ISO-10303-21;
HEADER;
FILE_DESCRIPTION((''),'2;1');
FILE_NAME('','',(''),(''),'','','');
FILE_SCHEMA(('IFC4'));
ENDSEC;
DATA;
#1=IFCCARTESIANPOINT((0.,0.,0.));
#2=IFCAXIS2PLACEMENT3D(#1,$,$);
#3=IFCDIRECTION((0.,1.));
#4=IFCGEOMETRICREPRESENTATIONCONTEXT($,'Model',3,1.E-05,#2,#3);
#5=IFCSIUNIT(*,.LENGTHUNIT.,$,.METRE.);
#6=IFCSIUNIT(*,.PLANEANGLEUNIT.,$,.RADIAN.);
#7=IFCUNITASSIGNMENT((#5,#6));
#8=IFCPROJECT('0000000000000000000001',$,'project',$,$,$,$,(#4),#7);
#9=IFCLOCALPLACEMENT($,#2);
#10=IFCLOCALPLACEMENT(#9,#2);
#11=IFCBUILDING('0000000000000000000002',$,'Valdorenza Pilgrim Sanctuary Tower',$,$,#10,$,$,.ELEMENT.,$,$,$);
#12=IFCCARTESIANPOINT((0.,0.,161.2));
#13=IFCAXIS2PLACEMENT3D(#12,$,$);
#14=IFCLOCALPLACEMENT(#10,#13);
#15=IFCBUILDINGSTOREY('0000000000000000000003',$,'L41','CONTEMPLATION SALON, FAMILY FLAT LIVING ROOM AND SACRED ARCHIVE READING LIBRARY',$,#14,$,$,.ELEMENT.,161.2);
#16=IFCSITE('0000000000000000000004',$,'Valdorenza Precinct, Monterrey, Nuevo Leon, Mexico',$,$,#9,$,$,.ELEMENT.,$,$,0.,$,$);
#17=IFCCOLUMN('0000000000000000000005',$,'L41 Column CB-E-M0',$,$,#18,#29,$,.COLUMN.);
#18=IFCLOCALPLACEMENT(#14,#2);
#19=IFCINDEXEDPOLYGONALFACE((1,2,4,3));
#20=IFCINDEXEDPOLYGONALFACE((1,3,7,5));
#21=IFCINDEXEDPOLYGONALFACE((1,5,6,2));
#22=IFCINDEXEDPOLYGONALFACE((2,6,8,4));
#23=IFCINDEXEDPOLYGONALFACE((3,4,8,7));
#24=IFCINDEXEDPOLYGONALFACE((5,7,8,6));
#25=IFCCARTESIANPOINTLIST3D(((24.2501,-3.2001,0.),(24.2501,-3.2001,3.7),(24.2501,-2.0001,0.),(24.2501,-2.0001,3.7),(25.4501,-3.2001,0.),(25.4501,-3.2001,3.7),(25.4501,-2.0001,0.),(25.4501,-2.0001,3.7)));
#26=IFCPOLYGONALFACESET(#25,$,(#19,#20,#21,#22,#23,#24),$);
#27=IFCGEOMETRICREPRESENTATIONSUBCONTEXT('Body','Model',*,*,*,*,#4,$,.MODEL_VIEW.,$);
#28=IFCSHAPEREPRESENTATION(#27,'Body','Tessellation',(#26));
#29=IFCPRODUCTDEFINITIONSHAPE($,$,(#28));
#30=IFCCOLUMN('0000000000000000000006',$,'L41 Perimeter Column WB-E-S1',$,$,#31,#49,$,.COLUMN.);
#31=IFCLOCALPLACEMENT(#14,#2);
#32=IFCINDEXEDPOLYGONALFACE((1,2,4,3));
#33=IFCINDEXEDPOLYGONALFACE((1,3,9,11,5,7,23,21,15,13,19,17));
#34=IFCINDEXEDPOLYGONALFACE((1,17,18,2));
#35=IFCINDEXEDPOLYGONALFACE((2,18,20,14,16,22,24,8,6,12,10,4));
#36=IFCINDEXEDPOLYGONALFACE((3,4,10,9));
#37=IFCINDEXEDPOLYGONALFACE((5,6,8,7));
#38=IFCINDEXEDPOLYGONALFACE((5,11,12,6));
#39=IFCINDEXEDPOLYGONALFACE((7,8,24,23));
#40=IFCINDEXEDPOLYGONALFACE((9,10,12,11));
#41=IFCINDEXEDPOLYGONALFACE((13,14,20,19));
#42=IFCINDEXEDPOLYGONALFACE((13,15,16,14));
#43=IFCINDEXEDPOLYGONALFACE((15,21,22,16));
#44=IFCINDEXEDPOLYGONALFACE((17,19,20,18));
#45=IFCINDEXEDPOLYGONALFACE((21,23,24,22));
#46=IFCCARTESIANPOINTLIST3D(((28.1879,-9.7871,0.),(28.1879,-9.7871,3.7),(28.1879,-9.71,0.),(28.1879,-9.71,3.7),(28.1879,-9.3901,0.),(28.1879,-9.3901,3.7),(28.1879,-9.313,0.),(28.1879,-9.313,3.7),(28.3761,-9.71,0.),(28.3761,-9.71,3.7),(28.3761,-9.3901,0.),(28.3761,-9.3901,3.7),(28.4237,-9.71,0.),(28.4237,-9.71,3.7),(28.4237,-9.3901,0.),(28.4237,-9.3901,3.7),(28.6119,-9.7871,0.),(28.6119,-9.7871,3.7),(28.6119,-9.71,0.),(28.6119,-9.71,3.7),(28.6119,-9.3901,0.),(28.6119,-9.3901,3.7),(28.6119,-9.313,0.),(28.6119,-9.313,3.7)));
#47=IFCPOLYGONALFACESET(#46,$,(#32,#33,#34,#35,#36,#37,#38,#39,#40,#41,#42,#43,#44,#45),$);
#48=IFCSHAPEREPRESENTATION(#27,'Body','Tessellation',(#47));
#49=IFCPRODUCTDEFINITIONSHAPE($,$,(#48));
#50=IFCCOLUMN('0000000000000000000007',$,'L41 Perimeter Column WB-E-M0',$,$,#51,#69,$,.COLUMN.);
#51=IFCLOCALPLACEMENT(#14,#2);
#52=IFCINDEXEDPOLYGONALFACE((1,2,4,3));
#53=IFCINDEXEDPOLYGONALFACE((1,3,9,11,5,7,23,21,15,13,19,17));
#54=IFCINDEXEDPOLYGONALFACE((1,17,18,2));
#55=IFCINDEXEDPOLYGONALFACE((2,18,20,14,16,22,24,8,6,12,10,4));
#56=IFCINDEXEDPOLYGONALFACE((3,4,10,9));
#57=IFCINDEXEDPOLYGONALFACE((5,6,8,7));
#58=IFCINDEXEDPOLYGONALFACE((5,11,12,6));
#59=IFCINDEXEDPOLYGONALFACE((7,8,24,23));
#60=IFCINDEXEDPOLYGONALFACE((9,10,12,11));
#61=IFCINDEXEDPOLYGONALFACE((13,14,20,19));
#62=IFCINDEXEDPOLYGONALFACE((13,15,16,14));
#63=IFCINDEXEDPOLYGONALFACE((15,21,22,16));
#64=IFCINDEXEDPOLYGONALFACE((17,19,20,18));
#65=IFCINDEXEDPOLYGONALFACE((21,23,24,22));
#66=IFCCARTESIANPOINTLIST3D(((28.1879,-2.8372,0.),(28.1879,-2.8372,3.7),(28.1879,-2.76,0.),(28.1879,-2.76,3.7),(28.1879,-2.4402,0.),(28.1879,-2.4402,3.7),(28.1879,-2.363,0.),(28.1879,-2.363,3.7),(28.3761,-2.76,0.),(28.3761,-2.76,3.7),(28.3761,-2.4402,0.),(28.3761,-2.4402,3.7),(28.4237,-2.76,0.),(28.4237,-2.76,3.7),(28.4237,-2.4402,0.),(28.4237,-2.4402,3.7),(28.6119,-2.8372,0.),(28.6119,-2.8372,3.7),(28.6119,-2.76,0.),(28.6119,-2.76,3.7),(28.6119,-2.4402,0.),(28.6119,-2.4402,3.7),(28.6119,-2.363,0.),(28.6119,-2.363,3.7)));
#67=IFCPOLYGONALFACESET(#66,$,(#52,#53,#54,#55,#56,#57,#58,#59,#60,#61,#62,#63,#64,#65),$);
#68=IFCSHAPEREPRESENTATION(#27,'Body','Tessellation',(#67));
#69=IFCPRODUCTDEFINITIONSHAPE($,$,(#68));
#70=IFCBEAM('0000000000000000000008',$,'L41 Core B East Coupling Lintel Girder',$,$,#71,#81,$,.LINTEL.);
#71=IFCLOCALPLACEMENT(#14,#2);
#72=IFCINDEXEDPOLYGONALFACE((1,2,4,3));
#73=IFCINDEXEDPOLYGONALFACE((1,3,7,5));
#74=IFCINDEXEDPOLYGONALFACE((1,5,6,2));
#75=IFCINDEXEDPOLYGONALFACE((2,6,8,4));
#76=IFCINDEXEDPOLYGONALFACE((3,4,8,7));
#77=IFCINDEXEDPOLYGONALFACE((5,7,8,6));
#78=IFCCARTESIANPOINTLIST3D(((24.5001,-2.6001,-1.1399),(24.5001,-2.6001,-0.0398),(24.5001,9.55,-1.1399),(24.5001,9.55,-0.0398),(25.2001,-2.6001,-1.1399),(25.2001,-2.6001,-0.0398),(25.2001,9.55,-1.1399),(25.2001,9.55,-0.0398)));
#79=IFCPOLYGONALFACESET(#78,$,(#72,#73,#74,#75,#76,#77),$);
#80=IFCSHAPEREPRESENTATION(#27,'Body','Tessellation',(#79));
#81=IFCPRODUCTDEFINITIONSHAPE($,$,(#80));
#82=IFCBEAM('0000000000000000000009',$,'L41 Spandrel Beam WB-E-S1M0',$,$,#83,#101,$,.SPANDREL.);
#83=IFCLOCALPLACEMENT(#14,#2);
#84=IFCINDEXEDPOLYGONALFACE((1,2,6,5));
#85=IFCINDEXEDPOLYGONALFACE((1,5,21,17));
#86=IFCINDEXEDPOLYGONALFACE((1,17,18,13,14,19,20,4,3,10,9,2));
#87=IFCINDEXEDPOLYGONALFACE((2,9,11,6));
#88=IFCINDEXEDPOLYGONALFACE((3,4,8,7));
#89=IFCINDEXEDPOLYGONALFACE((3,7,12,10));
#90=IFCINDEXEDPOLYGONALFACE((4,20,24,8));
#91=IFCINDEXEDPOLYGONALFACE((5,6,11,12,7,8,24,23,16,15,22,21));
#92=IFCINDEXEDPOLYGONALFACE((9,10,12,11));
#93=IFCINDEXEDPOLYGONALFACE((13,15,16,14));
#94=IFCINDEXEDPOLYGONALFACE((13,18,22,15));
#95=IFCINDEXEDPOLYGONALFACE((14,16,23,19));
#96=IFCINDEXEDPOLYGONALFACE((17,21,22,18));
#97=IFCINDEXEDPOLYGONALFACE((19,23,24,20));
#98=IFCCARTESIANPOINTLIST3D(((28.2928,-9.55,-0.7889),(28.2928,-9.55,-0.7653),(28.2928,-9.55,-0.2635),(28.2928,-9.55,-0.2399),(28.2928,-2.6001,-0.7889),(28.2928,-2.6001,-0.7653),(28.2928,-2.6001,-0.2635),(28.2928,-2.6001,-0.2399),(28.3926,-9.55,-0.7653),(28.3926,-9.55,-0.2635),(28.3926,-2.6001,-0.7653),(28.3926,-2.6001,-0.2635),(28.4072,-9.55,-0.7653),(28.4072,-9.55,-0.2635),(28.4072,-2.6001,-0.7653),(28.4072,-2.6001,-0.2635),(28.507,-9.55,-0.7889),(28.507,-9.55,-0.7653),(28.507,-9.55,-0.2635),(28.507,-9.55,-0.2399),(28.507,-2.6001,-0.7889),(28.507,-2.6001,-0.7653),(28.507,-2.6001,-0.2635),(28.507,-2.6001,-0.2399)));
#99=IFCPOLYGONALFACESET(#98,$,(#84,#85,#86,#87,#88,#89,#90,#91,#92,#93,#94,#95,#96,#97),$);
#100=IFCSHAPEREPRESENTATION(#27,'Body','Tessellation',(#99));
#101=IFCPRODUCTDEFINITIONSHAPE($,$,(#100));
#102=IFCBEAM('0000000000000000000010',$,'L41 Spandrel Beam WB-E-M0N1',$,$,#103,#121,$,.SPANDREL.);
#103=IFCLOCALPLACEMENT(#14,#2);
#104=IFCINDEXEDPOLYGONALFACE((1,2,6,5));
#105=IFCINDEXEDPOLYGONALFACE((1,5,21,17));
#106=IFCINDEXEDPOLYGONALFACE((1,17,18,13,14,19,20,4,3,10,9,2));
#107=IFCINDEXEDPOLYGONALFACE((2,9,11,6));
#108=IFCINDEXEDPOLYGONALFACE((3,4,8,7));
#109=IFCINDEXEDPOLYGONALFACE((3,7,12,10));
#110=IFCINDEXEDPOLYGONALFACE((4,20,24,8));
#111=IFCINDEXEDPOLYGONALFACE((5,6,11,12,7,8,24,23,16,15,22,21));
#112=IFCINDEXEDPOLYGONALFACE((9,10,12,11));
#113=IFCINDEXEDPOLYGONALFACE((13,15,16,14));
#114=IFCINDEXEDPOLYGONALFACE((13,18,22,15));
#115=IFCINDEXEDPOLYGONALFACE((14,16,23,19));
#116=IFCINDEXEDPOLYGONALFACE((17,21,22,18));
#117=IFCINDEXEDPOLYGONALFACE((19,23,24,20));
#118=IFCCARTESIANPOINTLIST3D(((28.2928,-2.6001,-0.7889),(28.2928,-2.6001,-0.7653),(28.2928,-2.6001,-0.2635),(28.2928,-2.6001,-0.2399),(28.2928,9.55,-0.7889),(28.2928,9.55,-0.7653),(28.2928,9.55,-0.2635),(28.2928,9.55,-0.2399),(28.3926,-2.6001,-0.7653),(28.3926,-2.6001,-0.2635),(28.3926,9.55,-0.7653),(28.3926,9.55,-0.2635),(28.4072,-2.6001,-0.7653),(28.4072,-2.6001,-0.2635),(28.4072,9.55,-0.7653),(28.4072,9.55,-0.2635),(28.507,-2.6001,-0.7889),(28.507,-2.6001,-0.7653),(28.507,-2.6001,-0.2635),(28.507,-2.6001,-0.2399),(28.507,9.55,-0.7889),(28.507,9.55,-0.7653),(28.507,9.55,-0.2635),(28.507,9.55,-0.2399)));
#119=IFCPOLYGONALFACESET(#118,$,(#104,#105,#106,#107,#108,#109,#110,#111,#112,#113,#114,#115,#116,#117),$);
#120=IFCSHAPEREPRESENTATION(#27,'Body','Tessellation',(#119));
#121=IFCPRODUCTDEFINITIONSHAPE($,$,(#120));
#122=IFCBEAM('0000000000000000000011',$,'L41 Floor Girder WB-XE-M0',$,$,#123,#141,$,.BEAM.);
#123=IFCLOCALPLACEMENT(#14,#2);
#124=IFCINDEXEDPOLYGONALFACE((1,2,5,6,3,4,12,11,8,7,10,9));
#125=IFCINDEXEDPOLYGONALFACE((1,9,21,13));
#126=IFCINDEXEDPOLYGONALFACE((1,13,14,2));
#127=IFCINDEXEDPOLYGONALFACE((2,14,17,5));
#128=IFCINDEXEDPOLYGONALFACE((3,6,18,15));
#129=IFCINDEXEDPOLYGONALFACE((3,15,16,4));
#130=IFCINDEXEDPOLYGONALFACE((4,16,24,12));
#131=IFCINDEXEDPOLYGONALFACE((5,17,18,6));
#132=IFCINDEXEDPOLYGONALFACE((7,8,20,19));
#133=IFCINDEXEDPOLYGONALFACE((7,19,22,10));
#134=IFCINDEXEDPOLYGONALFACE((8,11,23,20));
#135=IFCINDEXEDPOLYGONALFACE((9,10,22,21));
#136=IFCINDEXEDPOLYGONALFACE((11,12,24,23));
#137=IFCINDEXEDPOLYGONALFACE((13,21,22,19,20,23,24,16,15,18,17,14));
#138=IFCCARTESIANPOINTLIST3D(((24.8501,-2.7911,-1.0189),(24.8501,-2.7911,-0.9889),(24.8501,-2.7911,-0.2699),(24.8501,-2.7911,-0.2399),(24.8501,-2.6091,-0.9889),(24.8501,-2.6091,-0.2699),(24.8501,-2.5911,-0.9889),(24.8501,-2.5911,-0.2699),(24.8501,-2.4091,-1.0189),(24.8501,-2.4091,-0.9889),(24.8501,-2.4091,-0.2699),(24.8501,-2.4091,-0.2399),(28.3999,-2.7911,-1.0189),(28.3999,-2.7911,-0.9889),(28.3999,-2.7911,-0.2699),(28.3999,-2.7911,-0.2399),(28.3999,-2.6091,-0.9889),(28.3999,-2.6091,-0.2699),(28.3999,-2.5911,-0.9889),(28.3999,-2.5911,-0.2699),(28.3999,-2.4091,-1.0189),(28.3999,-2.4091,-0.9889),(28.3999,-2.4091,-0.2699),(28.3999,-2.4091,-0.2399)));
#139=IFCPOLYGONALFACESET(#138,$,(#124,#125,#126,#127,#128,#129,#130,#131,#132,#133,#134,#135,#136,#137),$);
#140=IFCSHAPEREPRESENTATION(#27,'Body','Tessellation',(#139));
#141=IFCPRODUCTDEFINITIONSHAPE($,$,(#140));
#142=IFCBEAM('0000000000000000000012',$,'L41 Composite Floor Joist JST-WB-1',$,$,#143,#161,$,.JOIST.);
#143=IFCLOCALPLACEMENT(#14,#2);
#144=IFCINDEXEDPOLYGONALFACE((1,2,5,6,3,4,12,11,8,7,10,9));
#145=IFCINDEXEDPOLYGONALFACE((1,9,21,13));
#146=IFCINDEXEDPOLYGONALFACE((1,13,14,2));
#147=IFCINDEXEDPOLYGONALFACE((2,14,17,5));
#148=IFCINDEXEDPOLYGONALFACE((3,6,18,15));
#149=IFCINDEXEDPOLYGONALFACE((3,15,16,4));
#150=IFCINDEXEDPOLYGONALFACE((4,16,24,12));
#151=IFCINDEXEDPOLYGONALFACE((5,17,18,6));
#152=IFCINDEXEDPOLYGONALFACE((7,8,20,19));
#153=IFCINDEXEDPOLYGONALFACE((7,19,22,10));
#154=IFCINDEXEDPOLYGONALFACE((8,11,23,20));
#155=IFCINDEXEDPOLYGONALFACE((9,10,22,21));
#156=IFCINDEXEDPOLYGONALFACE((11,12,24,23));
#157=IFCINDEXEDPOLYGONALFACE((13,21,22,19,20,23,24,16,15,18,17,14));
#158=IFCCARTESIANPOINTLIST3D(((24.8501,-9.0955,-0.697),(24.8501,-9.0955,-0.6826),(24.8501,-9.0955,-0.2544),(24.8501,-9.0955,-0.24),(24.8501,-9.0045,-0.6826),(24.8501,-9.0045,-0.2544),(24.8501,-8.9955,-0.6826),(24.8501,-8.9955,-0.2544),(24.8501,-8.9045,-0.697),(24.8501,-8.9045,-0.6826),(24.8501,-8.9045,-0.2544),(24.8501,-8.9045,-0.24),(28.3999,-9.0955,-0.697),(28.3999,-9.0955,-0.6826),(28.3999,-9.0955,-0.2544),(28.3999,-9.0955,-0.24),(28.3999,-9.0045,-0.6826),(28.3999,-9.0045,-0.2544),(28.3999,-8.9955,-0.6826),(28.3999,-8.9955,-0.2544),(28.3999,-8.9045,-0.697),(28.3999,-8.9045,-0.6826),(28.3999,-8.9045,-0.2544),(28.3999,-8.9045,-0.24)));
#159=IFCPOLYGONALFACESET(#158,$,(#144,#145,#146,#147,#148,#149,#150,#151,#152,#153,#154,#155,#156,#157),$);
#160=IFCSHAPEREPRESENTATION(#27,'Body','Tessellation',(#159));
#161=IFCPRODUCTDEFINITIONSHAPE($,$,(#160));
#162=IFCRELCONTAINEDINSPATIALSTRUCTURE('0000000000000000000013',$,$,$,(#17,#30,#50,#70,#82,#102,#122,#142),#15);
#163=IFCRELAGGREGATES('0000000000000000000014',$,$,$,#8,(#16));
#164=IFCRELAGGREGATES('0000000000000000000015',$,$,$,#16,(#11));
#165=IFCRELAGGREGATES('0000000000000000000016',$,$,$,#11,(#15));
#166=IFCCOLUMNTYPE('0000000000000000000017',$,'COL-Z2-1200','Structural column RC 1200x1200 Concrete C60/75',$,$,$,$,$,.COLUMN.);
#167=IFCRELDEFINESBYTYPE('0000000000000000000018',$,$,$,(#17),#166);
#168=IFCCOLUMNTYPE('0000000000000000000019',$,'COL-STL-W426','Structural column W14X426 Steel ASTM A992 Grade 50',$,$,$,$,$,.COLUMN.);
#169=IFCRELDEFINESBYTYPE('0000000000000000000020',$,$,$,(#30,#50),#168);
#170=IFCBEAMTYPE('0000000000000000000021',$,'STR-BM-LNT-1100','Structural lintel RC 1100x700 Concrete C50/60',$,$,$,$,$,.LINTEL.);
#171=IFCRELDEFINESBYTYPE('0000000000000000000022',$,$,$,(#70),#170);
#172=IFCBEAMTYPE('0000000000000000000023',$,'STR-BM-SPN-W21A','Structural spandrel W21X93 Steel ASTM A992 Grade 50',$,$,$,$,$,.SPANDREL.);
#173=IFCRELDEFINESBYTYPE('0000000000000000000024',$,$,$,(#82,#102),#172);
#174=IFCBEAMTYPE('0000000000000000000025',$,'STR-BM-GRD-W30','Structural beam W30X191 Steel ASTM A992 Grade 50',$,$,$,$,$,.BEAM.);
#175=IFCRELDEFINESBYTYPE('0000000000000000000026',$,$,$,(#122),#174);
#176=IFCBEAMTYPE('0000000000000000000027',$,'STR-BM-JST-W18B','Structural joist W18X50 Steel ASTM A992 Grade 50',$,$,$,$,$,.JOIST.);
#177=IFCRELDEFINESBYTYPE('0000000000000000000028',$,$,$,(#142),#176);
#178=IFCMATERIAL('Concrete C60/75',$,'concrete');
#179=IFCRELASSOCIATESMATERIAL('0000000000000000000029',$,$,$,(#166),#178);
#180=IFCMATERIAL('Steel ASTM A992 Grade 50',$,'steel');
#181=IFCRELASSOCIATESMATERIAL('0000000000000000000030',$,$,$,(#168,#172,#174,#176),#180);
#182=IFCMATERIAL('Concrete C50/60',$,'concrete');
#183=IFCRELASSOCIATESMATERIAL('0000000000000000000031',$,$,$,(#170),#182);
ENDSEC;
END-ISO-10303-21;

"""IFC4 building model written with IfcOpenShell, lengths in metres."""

from ifc_helpers import new_model, si_unit, direction, frame, origin, origin_2d, place, context, subcontext, project, spatial, rectangle, i_section, extrude, source, transform, mapped, material, material_profile, profile_set, type_object, element, save


model = new_model("IFC4")

# Units and contexts
model_context = context("Model", 3, precision=1e-05, world=origin(), true_north=direction((0.0, 1.0)))
body_context = subcontext(model_context, "Body", "Model", "MODEL_VIEW")
ifc_project = project(units=[si_unit("LENGTHUNIT", "METRE"), si_unit("PLANEANGLEUNIT", "RADIAN")], contexts=[model_context])

# Site, building, storey
site_placement = place(None, origin())
site = spatial("IfcSite", under=ifc_project, at=site_placement, Name="Valdorenza Precinct, Monterrey, Nuevo Leon, Mexico", CompositionType="ELEMENT", RefElevation=0.0)
building_placement = place(site_placement, origin())
building = spatial("IfcBuilding", under=site, at=building_placement, Name="Valdorenza Pilgrim Sanctuary Tower", CompositionType="ELEMENT")
storey_placement = place(building_placement, frame((0.0, 0.0, 161.2)))
storey = spatial("IfcBuildingStorey", under=building, at=storey_placement, Name="L41", Description="CONTEMPLATION SALON, FAMILY FLAT LIVING ROOM AND SACRED ARCHIVE READING LIBRARY", CompositionType="ELEMENT", Elevation=161.2)

# Columns
ifc_material_1 = material(Name="Concrete C60/75", Category="concrete")
ifc_material_profile_1 = material_profile(ifc_material_1, rectangle(XDim=1.2, YDim=1.2, at=origin_2d()), Name="RC 1200x1200")
ifc_profile_set_1 = profile_set([ifc_material_profile_1], Name="Concrete C60/75")
column_type_1 = type_object("IfcColumnType", Name="COL-Z2-1200", Description="Structural column RC 1200x1200 Concrete C60/75", PredefinedType="COLUMN", material=ifc_profile_set_1)
shared_shape_1 = source(origin(), body_context, "Body", "SweptSolid", [
    extrude(rectangle(XDim=1.2, YDim=1.2, at=origin_2d()), origin(), (0.0, 0.0, 1.0), 3.7),
])
column_placement = place(storey_placement, frame((24.8501, -2.6001, 0.0), z_axis=(0.0, 0.0, 1.0), x_axis=(1.0, 0.0, 0.0)))
element("IfcColumn", 1, at=column_placement, inside=storey, type_object=column_type_1, Name="L41 Column CB-E-M0", PredefinedType="COLUMN", context=body_context, shape_type="MappedRepresentation", body=[
    mapped(shared_shape_1, transform((0.0, 0.0, 0.0), x_axis=(1.0, 0.0, 0.0), y_axis=(0.0, 1.0, 0.0), z_axis=(0.0, 0.0, 1.0), scale=1.0)),
])
ifc_material_2 = material(Name="Steel ASTM A992 Grade 50", Category="steel")
ifc_material_profile_2 = material_profile(ifc_material_2, i_section(OverallWidth=0.4241, OverallDepth=0.4741, WebThickness=0.0476, FlangeThickness=0.0771, at=origin_2d()), Name="W14X426")
ifc_profile_set_2 = profile_set([ifc_material_profile_2], Name="Steel ASTM A992 Grade 50")
column_type_2 = type_object("IfcColumnType", Name="COL-STL-W426", Description="Structural column W14X426 Steel ASTM A992 Grade 50", PredefinedType="COLUMN", material=ifc_profile_set_2)
shared_shape_2 = source(origin(), body_context, "Body", "SweptSolid", [
    extrude(i_section(OverallWidth=0.4241, OverallDepth=0.4741, WebThickness=0.0476, FlangeThickness=0.0771, at=origin_2d()), origin(), (0.0, 0.0, 1.0), 3.7),
])
for number, where, z_axis, x_axis, name in (
    (2, (28.3999, -9.55, 0.0), (0.0, 0.0, 1.0), (1.0, 0.0, 0.0), "L41 Perimeter Column WB-E-S1"),
    (3, (28.3999, -2.6001, 0.0), (0.0, 0.0, 1.0), (1.0, 0.0, 0.0), "L41 Perimeter Column WB-E-M0"),
):
    element("IfcColumn", number, at=place(storey_placement, frame(where, z_axis=z_axis, x_axis=x_axis)), inside=storey, type_object=column_type_2, Name=name, PredefinedType="COLUMN", context=body_context, shape_type="MappedRepresentation", body=[
        mapped(shared_shape_2, transform((0.0, 0.0, 0.0), x_axis=(1.0, 0.0, 0.0), y_axis=(0.0, 1.0, 0.0), z_axis=(0.0, 0.0, 1.0), scale=1.0)),
    ])

# Beams
ifc_material_3 = material(Name="Concrete C50/60", Category="concrete")
ifc_material_profile_3 = material_profile(ifc_material_3, rectangle(XDim=0.7, YDim=1.1001, at=origin_2d()), Name="RC 1100x700")
ifc_profile_set_3 = profile_set([ifc_material_profile_3], Name="Concrete C50/60")
beam_type_1 = type_object("IfcBeamType", Name="STR-BM-LNT-1100", Description="Structural lintel RC 1100x700 Concrete C50/60", PredefinedType="LINTEL", material=ifc_profile_set_3)
shared_shape_3 = source(origin(), body_context, "Body", "SweptSolid", [
    extrude(rectangle(XDim=0.7, YDim=1.1001, at=origin_2d()), origin(), (0.0, 0.0, 1.0), 12.1501),
])
beam_1_placement = place(storey_placement, frame((24.8501, -2.6001, -0.5898), z_axis=(0.0, 1.0, 0.0), x_axis=(-1.0, 0.0, 0.0)))
element("IfcBeam", 4, at=beam_1_placement, inside=storey, type_object=beam_type_1, Name="L41 Core B East Coupling Lintel Girder", PredefinedType="LINTEL", context=body_context, shape_type="MappedRepresentation", body=[
    mapped(shared_shape_3, transform((0.0, 0.0, 0.0), x_axis=(1.0, 0.0, 0.0), y_axis=(0.0, 1.0, 0.0), z_axis=(0.0, 0.0, 1.0), scale=1.0)),
])
ifc_material_profile_4 = material_profile(ifc_material_2, i_section(OverallWidth=0.2141, OverallDepth=0.5491, WebThickness=0.0146, FlangeThickness=0.0237, at=origin_2d()), Name="W21X93")
ifc_profile_set_4 = profile_set([ifc_material_profile_4], Name="Steel ASTM A992 Grade 50")
beam_type_2 = type_object("IfcBeamType", Name="STR-BM-SPN-W21A", Description="Structural spandrel W21X93 Steel ASTM A992 Grade 50", PredefinedType="SPANDREL", material=ifc_profile_set_4)
shared_shape_4 = source(origin(), body_context, "Body", "SweptSolid", [
    extrude(i_section(OverallWidth=0.2141, OverallDepth=0.5491, WebThickness=0.0146, FlangeThickness=0.0237, at=origin_2d()), origin(), (0.0, 0.0, 1.0), 6.95),
])
beam_2_placement = place(storey_placement, frame((28.3999, -9.55, -0.5144), z_axis=(0.0, 1.0, 0.0), x_axis=(-1.0, 0.0, 0.0)))
element("IfcBeam", 5, at=beam_2_placement, inside=storey, type_object=beam_type_2, Name="L41 Spandrel Beam WB-E-S1M0", PredefinedType="SPANDREL", context=body_context, shape_type="MappedRepresentation", body=[
    mapped(shared_shape_4, transform((0.0, 0.0, 0.0), x_axis=(1.0, 0.0, 0.0), y_axis=(0.0, 1.0, 0.0), z_axis=(0.0, 0.0, 1.0), scale=1.0)),
])
shared_shape_5 = source(origin(), body_context, "Body", "SweptSolid", [
    extrude(i_section(OverallWidth=0.2141, OverallDepth=0.5491, WebThickness=0.0146, FlangeThickness=0.0237, at=origin_2d()), origin(), (0.0, 0.0, 1.0), 12.1501),
])
beam_3_placement = place(storey_placement, frame((28.3999, -2.6001, -0.5144), z_axis=(0.0, 1.0, 0.0), x_axis=(-1.0, 0.0, 0.0)))
element("IfcBeam", 6, at=beam_3_placement, inside=storey, type_object=beam_type_2, Name="L41 Spandrel Beam WB-E-M0N1", PredefinedType="SPANDREL", context=body_context, shape_type="MappedRepresentation", body=[
    mapped(shared_shape_5, transform((0.0, 0.0, 0.0), x_axis=(1.0, 0.0, 0.0), y_axis=(0.0, 1.0, 0.0), z_axis=(0.0, 0.0, 1.0), scale=1.0)),
])
ifc_material_profile_5 = material_profile(ifc_material_2, i_section(OverallWidth=0.3821, OverallDepth=0.7791, WebThickness=0.0181, FlangeThickness=0.03, at=origin_2d()), Name="W30X191")
ifc_profile_set_5 = profile_set([ifc_material_profile_5], Name="Steel ASTM A992 Grade 50")
beam_type_3 = type_object("IfcBeamType", Name="STR-BM-GRD-W30", Description="Structural beam W30X191 Steel ASTM A992 Grade 50", PredefinedType="BEAM", material=ifc_profile_set_5)
shared_shape_6 = source(origin(), body_context, "Body", "SweptSolid", [
    extrude(i_section(OverallWidth=0.3821, OverallDepth=0.7791, WebThickness=0.0181, FlangeThickness=0.03, at=origin_2d()), origin(), (0.0, 0.0, 1.0), 3.5498),
])
beam_4_placement = place(storey_placement, frame((24.8501, -2.6001, -0.6294), z_axis=(1.0, 0.0, 0.0), x_axis=(0.0, 1.0, 0.0)))
element("IfcBeam", 7, at=beam_4_placement, inside=storey, type_object=beam_type_3, Name="L41 Floor Girder WB-XE-M0", PredefinedType="BEAM", context=body_context, shape_type="MappedRepresentation", body=[
    mapped(shared_shape_6, transform((0.0, 0.0, 0.0), x_axis=(1.0, 0.0, 0.0), y_axis=(0.0, 1.0, 0.0), z_axis=(0.0, 0.0, 1.0), scale=1.0)),
])
ifc_material_profile_6 = material_profile(ifc_material_2, i_section(OverallWidth=0.1909, OverallDepth=0.457, WebThickness=0.009, FlangeThickness=0.0144, at=origin_2d()), Name="W18X50")
ifc_profile_set_6 = profile_set([ifc_material_profile_6], Name="Steel ASTM A992 Grade 50")
beam_type_4 = type_object("IfcBeamType", Name="STR-BM-JST-W18B", Description="Structural joist W18X50 Steel ASTM A992 Grade 50", PredefinedType="JOIST", material=ifc_profile_set_6)
shared_shape_7 = source(origin(), body_context, "Body", "SweptSolid", [
    extrude(i_section(OverallWidth=0.1909, OverallDepth=0.457, WebThickness=0.009, FlangeThickness=0.0144, at=origin_2d()), origin(), (0.0, 0.0, 1.0), 3.5498),
])
for number, where, z_axis, x_axis, name in (
    (8, (24.8501, -9.0, -0.4685), (1.0, 0.0, 0.0), (0.0, 1.0, 0.0), "L41 Composite Floor Joist JST-WB-1"),
):
    element("IfcBeam", number, at=place(storey_placement, frame(where, z_axis=z_axis, x_axis=x_axis)), inside=storey, type_object=beam_type_4, Name=name, PredefinedType="JOIST", context=body_context, shape_type="MappedRepresentation", body=[
        mapped(shared_shape_7, transform((0.0, 0.0, 0.0), x_axis=(1.0, 0.0, 0.0), y_axis=(0.0, 1.0, 0.0), z_axis=(0.0, 0.0, 1.0), scale=1.0)),
    ])

save(model, "model.ifc")
